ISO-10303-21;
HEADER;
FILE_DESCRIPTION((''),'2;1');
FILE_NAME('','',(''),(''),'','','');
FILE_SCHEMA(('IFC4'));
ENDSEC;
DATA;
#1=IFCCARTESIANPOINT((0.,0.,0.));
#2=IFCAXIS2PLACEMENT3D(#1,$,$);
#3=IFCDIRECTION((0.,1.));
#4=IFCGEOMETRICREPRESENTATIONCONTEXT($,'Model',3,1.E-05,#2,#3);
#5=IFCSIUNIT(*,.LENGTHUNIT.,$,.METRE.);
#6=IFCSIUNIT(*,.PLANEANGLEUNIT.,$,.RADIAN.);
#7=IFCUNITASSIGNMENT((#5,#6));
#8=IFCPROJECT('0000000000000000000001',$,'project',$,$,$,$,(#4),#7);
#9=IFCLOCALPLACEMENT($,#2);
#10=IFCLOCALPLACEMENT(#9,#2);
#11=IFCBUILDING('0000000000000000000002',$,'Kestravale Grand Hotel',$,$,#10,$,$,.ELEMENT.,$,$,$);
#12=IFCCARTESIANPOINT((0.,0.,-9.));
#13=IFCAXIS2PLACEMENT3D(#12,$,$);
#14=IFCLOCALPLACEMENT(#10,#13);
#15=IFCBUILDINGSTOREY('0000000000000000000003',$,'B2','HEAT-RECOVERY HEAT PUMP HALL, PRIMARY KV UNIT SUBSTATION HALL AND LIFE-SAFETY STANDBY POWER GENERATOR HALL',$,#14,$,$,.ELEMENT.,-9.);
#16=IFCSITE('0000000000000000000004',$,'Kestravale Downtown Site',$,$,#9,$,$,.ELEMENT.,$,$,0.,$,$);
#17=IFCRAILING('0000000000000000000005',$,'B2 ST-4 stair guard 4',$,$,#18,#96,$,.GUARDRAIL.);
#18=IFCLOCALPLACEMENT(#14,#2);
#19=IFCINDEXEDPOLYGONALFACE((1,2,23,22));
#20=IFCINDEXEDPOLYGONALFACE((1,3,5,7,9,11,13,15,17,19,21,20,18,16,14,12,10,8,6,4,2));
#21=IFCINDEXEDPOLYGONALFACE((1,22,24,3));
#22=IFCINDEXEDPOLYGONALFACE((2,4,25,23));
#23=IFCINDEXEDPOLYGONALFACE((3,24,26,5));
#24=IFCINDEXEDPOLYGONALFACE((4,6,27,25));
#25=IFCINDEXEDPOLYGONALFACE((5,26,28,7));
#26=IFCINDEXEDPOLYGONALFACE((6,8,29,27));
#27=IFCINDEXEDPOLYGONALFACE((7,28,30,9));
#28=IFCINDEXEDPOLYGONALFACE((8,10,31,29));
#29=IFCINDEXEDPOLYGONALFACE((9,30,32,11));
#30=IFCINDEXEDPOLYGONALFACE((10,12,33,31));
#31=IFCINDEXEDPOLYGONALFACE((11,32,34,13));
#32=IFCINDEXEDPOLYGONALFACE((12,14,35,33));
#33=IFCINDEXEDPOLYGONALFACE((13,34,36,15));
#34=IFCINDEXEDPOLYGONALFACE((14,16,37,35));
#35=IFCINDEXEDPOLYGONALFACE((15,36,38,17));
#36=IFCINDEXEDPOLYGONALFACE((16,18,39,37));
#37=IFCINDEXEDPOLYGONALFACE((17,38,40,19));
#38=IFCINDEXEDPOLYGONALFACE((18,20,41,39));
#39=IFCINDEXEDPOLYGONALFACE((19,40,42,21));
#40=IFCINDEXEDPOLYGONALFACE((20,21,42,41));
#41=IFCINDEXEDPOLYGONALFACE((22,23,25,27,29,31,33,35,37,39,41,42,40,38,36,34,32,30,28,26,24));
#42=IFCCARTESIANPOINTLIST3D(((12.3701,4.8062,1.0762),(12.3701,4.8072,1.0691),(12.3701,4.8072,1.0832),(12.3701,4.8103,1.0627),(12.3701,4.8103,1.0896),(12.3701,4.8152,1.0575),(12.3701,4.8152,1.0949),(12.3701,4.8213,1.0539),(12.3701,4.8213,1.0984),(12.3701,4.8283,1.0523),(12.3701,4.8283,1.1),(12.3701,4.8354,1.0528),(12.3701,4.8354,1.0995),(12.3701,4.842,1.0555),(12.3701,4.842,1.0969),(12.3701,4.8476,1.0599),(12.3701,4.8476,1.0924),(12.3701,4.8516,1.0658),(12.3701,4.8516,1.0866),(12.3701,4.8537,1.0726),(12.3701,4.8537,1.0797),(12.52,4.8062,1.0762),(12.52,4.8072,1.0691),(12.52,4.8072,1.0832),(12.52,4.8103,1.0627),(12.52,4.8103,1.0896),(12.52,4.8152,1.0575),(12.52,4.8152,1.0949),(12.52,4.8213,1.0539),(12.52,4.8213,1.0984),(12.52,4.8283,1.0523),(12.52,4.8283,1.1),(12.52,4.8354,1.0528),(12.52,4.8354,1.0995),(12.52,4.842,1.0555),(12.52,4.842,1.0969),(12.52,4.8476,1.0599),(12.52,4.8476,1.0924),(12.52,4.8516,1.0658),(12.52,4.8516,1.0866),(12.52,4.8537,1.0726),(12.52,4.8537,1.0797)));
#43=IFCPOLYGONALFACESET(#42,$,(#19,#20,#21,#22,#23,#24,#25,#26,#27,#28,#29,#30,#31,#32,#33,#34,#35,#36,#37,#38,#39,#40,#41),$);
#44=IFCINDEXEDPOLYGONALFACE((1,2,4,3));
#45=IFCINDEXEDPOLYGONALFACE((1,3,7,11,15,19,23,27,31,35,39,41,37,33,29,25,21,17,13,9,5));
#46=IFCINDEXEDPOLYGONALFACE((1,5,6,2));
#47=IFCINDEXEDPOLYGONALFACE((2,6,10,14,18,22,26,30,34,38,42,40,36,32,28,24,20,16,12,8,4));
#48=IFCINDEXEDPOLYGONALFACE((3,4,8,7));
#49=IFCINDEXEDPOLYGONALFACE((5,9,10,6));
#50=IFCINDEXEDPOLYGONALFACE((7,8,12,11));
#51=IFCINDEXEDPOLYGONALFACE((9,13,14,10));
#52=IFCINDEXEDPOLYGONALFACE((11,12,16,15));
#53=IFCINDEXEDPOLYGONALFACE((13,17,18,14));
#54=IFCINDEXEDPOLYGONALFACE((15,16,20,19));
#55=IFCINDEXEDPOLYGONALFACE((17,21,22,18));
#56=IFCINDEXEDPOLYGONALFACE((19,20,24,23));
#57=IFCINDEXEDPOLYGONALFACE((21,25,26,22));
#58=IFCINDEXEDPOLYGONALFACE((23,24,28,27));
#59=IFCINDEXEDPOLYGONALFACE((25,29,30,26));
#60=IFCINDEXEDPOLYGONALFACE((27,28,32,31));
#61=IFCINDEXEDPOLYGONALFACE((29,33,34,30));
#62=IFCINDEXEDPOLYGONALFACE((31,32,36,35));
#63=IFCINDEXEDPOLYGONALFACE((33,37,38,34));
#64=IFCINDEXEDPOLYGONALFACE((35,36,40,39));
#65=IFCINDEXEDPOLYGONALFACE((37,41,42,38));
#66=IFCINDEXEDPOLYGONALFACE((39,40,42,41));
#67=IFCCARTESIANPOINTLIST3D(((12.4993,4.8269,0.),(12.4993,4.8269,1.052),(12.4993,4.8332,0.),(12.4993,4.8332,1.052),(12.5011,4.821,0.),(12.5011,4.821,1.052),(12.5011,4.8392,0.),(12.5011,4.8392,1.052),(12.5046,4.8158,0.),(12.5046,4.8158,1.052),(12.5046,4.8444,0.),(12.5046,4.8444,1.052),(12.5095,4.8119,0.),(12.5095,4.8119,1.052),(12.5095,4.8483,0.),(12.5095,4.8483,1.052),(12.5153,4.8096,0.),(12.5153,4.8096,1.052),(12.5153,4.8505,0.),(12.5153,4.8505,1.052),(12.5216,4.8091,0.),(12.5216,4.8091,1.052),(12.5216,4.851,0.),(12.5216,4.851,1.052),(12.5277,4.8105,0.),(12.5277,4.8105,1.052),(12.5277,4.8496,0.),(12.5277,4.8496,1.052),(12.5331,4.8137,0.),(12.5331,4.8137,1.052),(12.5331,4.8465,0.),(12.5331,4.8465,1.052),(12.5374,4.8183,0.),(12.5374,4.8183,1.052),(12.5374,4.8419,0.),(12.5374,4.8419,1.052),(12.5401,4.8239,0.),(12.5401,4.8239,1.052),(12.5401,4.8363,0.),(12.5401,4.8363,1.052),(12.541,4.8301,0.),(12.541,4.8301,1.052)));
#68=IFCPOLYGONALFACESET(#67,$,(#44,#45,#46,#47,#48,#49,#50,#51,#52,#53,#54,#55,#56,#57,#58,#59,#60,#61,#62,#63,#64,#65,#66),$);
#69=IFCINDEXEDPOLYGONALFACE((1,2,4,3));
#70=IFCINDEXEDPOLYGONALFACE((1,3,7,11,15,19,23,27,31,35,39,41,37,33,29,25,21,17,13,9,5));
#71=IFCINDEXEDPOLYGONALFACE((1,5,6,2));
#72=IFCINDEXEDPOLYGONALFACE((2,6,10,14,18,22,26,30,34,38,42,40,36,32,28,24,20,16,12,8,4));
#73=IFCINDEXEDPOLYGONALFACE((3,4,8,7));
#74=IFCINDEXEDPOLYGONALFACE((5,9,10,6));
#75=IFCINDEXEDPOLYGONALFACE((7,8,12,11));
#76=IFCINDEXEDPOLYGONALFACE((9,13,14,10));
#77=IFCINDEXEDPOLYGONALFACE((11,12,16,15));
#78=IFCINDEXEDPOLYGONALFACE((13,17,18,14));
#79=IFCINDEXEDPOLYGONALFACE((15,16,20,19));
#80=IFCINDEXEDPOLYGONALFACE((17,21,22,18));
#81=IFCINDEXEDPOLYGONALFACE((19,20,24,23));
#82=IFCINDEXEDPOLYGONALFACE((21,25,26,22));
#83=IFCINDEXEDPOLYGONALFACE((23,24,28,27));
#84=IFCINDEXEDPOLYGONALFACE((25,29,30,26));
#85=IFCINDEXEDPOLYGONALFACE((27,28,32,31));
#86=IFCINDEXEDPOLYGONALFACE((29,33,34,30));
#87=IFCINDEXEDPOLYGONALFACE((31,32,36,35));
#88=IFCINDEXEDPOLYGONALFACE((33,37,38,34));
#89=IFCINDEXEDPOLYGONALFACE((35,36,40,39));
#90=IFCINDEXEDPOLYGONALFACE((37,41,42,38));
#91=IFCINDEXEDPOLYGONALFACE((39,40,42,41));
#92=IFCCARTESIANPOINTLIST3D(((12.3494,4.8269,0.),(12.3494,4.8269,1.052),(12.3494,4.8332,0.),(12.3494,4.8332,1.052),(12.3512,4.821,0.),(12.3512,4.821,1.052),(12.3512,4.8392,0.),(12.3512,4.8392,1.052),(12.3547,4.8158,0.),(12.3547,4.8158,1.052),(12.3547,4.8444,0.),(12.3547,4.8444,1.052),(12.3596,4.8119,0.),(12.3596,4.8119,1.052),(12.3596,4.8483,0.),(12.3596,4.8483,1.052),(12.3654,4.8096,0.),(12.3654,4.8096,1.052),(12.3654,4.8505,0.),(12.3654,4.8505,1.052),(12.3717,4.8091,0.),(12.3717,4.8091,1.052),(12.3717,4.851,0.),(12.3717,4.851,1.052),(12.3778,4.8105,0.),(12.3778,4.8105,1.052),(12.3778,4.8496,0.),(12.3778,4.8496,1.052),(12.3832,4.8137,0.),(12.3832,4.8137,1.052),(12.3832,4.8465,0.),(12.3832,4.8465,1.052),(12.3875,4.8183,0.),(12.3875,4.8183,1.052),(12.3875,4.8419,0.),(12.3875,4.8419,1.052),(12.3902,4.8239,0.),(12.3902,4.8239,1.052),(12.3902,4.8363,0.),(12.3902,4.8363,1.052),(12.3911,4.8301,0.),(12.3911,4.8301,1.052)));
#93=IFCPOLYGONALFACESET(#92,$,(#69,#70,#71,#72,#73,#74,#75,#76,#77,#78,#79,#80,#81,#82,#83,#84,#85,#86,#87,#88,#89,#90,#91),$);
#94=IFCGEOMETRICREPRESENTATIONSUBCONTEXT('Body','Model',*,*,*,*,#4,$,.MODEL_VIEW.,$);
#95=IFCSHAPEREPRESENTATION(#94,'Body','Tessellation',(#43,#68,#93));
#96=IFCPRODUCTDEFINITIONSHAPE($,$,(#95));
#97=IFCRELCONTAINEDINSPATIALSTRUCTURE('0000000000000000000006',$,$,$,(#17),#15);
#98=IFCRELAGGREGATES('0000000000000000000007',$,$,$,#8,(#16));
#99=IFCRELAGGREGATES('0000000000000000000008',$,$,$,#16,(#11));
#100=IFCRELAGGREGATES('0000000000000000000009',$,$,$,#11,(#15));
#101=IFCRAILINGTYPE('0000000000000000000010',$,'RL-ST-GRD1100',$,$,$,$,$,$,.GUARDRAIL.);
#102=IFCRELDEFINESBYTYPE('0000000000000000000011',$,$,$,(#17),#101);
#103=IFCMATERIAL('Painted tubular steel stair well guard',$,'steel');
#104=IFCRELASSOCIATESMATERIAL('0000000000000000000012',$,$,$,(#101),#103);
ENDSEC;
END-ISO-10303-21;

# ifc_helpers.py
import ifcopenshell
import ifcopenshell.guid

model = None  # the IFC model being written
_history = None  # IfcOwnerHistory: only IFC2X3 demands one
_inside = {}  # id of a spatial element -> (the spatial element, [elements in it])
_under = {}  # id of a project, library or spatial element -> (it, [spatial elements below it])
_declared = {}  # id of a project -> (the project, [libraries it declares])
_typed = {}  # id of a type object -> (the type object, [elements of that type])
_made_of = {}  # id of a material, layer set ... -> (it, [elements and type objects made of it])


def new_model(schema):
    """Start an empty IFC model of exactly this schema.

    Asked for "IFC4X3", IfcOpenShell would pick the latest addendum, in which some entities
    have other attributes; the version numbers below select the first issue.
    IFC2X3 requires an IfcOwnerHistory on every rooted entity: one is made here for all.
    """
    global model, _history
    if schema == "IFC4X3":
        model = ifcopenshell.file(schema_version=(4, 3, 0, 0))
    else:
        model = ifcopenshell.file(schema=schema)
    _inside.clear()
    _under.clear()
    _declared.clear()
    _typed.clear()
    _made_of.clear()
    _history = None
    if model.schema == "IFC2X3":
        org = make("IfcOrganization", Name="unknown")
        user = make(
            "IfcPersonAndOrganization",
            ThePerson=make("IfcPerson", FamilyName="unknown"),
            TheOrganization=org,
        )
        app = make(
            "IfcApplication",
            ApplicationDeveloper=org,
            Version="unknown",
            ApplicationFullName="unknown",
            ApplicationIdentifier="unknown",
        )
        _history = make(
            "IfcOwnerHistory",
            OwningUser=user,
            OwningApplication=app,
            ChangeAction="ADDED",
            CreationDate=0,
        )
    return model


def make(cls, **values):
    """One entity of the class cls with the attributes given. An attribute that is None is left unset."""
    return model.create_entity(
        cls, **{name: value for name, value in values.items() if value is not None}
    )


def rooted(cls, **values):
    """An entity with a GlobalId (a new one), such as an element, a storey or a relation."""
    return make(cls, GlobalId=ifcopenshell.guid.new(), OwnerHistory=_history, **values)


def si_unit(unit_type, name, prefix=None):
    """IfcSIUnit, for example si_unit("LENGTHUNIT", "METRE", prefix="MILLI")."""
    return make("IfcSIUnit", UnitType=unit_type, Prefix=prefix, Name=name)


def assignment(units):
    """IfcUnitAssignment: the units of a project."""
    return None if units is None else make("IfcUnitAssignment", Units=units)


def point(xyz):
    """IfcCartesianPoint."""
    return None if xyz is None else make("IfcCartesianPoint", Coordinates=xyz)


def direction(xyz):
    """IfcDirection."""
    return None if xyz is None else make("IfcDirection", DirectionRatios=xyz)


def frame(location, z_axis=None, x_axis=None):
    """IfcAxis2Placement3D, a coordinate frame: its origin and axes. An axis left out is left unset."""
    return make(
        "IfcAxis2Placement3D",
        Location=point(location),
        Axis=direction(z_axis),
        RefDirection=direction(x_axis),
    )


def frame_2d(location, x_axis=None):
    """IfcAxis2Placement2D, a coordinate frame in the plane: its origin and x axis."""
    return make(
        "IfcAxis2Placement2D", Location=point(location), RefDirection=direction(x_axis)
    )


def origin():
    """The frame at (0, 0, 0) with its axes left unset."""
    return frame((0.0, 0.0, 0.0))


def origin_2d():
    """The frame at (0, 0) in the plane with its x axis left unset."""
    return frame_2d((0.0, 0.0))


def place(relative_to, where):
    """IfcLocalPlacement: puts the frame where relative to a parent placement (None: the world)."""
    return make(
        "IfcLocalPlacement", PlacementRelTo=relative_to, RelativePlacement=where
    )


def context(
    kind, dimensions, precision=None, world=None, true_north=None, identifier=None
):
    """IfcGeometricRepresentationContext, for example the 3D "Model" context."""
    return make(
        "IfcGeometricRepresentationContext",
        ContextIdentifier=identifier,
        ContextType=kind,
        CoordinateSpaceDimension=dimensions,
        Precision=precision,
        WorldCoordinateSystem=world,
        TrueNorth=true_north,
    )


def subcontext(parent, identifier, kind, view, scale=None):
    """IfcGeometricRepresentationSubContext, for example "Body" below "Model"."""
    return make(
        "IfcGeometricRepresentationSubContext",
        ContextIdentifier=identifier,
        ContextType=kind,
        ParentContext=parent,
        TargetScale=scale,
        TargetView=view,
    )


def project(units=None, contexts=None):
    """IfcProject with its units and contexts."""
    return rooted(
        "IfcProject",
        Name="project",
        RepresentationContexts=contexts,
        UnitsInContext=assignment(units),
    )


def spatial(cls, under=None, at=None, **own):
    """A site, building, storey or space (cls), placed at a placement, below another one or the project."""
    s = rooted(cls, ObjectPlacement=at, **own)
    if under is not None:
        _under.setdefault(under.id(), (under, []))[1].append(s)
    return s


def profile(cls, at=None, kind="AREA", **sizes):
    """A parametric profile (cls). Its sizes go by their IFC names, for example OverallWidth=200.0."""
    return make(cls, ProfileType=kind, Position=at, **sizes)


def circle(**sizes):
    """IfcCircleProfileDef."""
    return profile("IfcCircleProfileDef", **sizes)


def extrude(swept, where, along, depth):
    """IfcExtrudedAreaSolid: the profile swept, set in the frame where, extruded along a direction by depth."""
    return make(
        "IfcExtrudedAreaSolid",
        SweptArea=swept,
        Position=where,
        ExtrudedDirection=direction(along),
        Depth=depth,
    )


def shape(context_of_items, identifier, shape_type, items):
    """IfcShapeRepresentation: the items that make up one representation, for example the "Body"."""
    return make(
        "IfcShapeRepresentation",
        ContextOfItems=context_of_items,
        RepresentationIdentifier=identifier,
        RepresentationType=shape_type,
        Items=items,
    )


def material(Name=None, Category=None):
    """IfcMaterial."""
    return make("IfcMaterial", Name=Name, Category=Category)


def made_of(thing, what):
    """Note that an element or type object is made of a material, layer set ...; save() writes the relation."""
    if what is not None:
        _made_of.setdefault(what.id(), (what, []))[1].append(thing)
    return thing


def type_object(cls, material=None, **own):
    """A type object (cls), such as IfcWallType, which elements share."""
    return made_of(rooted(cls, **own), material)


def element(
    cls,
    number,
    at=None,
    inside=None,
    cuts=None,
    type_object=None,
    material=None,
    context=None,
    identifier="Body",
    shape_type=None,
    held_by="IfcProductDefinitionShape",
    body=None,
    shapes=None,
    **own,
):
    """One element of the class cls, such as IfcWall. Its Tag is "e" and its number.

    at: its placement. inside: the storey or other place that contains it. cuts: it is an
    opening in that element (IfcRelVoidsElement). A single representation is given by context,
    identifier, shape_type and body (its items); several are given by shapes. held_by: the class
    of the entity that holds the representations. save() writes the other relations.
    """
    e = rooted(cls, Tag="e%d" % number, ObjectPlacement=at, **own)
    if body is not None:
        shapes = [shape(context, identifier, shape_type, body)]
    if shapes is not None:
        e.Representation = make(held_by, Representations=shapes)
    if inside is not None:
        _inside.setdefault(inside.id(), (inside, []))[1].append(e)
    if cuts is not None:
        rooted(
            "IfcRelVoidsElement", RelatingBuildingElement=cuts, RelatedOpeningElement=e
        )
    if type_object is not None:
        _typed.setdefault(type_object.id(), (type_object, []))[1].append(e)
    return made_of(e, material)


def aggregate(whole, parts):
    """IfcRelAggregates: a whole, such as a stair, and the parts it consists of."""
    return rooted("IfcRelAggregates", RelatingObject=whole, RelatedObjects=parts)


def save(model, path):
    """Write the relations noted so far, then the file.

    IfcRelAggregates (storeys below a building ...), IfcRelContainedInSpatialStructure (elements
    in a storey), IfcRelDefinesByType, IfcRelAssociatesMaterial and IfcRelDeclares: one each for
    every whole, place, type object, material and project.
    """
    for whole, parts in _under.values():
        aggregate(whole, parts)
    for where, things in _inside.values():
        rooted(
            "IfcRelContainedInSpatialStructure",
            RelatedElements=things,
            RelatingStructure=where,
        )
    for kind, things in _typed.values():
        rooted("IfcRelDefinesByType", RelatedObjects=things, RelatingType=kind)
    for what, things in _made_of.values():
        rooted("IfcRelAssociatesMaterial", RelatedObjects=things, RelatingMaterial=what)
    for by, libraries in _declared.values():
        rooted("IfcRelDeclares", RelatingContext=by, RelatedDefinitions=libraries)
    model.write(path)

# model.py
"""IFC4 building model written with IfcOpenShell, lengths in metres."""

from ifc_helpers import new_model, si_unit, direction, frame, origin, origin_2d, place, context, subcontext, project, spatial, circle, extrude, material, type_object, element, save


model = new_model("IFC4")

# Units and contexts
model_context = context("Model", 3, precision=1e-05, world=origin(), true_north=direction((0.0, 1.0)))
body_context = subcontext(model_context, "Body", "Model", "MODEL_VIEW")
ifc_project = project(units=[si_unit("LENGTHUNIT", "METRE"), si_unit("PLANEANGLEUNIT", "RADIAN")], contexts=[model_context])

# Site, building, storey
site_placement = place(None, origin())
site = spatial("IfcSite", under=ifc_project, at=site_placement, Name="Kestravale Downtown Site", CompositionType="ELEMENT", RefElevation=0.0)
building_placement = place(site_placement, origin())
building = spatial("IfcBuilding", under=site, at=building_placement, Name="Kestravale Grand Hotel", CompositionType="ELEMENT")
storey_placement = place(building_placement, frame((0.0, 0.0, -9.0)))
storey = spatial("IfcBuildingStorey", under=building, at=storey_placement, Name="B2", Description="HEAT-RECOVERY HEAT PUMP HALL, PRIMARY KV UNIT SUBSTATION HALL AND LIFE-SAFETY STANDBY POWER GENERATOR HALL", CompositionType="ELEMENT", Elevation=-9.0)

# Railing
ifc_material_1 = material(Name="Painted tubular steel stair well guard", Category="steel")
railing_type_1 = type_object("IfcRailingType", Name="RL-ST-GRD1100", PredefinedType="GUARDRAIL", material=ifc_material_1)
railing_1_placement = place(storey_placement, frame((12.52, 4.8301, 0.0)))
element("IfcRailing", 1, at=railing_1_placement, inside=storey, type_object=railing_type_1, Name="B2 ST-4 stair guard 4", PredefinedType="GUARDRAIL", context=body_context, shape_type="SweptSolid", body=[
    extrude(circle(Radius=0.0239, at=origin_2d()), frame((0.0, 0.0, 1.0762), z_axis=(-1.0, 0.0, 0.0), x_axis=(0.0, -1.0, 0.0)), (0.0, 0.0, 1.0), 0.1499),
    extrude(circle(Radius=0.021, at=origin_2d()), origin(), (0.0, 0.0, 1.0), 1.052),
    extrude(circle(Radius=0.021, at=origin_2d()), frame((-0.1499, 0.0, 0.0)), (0.0, 0.0, 1.0), 1.052),
])

save(model, "model.ifc")
